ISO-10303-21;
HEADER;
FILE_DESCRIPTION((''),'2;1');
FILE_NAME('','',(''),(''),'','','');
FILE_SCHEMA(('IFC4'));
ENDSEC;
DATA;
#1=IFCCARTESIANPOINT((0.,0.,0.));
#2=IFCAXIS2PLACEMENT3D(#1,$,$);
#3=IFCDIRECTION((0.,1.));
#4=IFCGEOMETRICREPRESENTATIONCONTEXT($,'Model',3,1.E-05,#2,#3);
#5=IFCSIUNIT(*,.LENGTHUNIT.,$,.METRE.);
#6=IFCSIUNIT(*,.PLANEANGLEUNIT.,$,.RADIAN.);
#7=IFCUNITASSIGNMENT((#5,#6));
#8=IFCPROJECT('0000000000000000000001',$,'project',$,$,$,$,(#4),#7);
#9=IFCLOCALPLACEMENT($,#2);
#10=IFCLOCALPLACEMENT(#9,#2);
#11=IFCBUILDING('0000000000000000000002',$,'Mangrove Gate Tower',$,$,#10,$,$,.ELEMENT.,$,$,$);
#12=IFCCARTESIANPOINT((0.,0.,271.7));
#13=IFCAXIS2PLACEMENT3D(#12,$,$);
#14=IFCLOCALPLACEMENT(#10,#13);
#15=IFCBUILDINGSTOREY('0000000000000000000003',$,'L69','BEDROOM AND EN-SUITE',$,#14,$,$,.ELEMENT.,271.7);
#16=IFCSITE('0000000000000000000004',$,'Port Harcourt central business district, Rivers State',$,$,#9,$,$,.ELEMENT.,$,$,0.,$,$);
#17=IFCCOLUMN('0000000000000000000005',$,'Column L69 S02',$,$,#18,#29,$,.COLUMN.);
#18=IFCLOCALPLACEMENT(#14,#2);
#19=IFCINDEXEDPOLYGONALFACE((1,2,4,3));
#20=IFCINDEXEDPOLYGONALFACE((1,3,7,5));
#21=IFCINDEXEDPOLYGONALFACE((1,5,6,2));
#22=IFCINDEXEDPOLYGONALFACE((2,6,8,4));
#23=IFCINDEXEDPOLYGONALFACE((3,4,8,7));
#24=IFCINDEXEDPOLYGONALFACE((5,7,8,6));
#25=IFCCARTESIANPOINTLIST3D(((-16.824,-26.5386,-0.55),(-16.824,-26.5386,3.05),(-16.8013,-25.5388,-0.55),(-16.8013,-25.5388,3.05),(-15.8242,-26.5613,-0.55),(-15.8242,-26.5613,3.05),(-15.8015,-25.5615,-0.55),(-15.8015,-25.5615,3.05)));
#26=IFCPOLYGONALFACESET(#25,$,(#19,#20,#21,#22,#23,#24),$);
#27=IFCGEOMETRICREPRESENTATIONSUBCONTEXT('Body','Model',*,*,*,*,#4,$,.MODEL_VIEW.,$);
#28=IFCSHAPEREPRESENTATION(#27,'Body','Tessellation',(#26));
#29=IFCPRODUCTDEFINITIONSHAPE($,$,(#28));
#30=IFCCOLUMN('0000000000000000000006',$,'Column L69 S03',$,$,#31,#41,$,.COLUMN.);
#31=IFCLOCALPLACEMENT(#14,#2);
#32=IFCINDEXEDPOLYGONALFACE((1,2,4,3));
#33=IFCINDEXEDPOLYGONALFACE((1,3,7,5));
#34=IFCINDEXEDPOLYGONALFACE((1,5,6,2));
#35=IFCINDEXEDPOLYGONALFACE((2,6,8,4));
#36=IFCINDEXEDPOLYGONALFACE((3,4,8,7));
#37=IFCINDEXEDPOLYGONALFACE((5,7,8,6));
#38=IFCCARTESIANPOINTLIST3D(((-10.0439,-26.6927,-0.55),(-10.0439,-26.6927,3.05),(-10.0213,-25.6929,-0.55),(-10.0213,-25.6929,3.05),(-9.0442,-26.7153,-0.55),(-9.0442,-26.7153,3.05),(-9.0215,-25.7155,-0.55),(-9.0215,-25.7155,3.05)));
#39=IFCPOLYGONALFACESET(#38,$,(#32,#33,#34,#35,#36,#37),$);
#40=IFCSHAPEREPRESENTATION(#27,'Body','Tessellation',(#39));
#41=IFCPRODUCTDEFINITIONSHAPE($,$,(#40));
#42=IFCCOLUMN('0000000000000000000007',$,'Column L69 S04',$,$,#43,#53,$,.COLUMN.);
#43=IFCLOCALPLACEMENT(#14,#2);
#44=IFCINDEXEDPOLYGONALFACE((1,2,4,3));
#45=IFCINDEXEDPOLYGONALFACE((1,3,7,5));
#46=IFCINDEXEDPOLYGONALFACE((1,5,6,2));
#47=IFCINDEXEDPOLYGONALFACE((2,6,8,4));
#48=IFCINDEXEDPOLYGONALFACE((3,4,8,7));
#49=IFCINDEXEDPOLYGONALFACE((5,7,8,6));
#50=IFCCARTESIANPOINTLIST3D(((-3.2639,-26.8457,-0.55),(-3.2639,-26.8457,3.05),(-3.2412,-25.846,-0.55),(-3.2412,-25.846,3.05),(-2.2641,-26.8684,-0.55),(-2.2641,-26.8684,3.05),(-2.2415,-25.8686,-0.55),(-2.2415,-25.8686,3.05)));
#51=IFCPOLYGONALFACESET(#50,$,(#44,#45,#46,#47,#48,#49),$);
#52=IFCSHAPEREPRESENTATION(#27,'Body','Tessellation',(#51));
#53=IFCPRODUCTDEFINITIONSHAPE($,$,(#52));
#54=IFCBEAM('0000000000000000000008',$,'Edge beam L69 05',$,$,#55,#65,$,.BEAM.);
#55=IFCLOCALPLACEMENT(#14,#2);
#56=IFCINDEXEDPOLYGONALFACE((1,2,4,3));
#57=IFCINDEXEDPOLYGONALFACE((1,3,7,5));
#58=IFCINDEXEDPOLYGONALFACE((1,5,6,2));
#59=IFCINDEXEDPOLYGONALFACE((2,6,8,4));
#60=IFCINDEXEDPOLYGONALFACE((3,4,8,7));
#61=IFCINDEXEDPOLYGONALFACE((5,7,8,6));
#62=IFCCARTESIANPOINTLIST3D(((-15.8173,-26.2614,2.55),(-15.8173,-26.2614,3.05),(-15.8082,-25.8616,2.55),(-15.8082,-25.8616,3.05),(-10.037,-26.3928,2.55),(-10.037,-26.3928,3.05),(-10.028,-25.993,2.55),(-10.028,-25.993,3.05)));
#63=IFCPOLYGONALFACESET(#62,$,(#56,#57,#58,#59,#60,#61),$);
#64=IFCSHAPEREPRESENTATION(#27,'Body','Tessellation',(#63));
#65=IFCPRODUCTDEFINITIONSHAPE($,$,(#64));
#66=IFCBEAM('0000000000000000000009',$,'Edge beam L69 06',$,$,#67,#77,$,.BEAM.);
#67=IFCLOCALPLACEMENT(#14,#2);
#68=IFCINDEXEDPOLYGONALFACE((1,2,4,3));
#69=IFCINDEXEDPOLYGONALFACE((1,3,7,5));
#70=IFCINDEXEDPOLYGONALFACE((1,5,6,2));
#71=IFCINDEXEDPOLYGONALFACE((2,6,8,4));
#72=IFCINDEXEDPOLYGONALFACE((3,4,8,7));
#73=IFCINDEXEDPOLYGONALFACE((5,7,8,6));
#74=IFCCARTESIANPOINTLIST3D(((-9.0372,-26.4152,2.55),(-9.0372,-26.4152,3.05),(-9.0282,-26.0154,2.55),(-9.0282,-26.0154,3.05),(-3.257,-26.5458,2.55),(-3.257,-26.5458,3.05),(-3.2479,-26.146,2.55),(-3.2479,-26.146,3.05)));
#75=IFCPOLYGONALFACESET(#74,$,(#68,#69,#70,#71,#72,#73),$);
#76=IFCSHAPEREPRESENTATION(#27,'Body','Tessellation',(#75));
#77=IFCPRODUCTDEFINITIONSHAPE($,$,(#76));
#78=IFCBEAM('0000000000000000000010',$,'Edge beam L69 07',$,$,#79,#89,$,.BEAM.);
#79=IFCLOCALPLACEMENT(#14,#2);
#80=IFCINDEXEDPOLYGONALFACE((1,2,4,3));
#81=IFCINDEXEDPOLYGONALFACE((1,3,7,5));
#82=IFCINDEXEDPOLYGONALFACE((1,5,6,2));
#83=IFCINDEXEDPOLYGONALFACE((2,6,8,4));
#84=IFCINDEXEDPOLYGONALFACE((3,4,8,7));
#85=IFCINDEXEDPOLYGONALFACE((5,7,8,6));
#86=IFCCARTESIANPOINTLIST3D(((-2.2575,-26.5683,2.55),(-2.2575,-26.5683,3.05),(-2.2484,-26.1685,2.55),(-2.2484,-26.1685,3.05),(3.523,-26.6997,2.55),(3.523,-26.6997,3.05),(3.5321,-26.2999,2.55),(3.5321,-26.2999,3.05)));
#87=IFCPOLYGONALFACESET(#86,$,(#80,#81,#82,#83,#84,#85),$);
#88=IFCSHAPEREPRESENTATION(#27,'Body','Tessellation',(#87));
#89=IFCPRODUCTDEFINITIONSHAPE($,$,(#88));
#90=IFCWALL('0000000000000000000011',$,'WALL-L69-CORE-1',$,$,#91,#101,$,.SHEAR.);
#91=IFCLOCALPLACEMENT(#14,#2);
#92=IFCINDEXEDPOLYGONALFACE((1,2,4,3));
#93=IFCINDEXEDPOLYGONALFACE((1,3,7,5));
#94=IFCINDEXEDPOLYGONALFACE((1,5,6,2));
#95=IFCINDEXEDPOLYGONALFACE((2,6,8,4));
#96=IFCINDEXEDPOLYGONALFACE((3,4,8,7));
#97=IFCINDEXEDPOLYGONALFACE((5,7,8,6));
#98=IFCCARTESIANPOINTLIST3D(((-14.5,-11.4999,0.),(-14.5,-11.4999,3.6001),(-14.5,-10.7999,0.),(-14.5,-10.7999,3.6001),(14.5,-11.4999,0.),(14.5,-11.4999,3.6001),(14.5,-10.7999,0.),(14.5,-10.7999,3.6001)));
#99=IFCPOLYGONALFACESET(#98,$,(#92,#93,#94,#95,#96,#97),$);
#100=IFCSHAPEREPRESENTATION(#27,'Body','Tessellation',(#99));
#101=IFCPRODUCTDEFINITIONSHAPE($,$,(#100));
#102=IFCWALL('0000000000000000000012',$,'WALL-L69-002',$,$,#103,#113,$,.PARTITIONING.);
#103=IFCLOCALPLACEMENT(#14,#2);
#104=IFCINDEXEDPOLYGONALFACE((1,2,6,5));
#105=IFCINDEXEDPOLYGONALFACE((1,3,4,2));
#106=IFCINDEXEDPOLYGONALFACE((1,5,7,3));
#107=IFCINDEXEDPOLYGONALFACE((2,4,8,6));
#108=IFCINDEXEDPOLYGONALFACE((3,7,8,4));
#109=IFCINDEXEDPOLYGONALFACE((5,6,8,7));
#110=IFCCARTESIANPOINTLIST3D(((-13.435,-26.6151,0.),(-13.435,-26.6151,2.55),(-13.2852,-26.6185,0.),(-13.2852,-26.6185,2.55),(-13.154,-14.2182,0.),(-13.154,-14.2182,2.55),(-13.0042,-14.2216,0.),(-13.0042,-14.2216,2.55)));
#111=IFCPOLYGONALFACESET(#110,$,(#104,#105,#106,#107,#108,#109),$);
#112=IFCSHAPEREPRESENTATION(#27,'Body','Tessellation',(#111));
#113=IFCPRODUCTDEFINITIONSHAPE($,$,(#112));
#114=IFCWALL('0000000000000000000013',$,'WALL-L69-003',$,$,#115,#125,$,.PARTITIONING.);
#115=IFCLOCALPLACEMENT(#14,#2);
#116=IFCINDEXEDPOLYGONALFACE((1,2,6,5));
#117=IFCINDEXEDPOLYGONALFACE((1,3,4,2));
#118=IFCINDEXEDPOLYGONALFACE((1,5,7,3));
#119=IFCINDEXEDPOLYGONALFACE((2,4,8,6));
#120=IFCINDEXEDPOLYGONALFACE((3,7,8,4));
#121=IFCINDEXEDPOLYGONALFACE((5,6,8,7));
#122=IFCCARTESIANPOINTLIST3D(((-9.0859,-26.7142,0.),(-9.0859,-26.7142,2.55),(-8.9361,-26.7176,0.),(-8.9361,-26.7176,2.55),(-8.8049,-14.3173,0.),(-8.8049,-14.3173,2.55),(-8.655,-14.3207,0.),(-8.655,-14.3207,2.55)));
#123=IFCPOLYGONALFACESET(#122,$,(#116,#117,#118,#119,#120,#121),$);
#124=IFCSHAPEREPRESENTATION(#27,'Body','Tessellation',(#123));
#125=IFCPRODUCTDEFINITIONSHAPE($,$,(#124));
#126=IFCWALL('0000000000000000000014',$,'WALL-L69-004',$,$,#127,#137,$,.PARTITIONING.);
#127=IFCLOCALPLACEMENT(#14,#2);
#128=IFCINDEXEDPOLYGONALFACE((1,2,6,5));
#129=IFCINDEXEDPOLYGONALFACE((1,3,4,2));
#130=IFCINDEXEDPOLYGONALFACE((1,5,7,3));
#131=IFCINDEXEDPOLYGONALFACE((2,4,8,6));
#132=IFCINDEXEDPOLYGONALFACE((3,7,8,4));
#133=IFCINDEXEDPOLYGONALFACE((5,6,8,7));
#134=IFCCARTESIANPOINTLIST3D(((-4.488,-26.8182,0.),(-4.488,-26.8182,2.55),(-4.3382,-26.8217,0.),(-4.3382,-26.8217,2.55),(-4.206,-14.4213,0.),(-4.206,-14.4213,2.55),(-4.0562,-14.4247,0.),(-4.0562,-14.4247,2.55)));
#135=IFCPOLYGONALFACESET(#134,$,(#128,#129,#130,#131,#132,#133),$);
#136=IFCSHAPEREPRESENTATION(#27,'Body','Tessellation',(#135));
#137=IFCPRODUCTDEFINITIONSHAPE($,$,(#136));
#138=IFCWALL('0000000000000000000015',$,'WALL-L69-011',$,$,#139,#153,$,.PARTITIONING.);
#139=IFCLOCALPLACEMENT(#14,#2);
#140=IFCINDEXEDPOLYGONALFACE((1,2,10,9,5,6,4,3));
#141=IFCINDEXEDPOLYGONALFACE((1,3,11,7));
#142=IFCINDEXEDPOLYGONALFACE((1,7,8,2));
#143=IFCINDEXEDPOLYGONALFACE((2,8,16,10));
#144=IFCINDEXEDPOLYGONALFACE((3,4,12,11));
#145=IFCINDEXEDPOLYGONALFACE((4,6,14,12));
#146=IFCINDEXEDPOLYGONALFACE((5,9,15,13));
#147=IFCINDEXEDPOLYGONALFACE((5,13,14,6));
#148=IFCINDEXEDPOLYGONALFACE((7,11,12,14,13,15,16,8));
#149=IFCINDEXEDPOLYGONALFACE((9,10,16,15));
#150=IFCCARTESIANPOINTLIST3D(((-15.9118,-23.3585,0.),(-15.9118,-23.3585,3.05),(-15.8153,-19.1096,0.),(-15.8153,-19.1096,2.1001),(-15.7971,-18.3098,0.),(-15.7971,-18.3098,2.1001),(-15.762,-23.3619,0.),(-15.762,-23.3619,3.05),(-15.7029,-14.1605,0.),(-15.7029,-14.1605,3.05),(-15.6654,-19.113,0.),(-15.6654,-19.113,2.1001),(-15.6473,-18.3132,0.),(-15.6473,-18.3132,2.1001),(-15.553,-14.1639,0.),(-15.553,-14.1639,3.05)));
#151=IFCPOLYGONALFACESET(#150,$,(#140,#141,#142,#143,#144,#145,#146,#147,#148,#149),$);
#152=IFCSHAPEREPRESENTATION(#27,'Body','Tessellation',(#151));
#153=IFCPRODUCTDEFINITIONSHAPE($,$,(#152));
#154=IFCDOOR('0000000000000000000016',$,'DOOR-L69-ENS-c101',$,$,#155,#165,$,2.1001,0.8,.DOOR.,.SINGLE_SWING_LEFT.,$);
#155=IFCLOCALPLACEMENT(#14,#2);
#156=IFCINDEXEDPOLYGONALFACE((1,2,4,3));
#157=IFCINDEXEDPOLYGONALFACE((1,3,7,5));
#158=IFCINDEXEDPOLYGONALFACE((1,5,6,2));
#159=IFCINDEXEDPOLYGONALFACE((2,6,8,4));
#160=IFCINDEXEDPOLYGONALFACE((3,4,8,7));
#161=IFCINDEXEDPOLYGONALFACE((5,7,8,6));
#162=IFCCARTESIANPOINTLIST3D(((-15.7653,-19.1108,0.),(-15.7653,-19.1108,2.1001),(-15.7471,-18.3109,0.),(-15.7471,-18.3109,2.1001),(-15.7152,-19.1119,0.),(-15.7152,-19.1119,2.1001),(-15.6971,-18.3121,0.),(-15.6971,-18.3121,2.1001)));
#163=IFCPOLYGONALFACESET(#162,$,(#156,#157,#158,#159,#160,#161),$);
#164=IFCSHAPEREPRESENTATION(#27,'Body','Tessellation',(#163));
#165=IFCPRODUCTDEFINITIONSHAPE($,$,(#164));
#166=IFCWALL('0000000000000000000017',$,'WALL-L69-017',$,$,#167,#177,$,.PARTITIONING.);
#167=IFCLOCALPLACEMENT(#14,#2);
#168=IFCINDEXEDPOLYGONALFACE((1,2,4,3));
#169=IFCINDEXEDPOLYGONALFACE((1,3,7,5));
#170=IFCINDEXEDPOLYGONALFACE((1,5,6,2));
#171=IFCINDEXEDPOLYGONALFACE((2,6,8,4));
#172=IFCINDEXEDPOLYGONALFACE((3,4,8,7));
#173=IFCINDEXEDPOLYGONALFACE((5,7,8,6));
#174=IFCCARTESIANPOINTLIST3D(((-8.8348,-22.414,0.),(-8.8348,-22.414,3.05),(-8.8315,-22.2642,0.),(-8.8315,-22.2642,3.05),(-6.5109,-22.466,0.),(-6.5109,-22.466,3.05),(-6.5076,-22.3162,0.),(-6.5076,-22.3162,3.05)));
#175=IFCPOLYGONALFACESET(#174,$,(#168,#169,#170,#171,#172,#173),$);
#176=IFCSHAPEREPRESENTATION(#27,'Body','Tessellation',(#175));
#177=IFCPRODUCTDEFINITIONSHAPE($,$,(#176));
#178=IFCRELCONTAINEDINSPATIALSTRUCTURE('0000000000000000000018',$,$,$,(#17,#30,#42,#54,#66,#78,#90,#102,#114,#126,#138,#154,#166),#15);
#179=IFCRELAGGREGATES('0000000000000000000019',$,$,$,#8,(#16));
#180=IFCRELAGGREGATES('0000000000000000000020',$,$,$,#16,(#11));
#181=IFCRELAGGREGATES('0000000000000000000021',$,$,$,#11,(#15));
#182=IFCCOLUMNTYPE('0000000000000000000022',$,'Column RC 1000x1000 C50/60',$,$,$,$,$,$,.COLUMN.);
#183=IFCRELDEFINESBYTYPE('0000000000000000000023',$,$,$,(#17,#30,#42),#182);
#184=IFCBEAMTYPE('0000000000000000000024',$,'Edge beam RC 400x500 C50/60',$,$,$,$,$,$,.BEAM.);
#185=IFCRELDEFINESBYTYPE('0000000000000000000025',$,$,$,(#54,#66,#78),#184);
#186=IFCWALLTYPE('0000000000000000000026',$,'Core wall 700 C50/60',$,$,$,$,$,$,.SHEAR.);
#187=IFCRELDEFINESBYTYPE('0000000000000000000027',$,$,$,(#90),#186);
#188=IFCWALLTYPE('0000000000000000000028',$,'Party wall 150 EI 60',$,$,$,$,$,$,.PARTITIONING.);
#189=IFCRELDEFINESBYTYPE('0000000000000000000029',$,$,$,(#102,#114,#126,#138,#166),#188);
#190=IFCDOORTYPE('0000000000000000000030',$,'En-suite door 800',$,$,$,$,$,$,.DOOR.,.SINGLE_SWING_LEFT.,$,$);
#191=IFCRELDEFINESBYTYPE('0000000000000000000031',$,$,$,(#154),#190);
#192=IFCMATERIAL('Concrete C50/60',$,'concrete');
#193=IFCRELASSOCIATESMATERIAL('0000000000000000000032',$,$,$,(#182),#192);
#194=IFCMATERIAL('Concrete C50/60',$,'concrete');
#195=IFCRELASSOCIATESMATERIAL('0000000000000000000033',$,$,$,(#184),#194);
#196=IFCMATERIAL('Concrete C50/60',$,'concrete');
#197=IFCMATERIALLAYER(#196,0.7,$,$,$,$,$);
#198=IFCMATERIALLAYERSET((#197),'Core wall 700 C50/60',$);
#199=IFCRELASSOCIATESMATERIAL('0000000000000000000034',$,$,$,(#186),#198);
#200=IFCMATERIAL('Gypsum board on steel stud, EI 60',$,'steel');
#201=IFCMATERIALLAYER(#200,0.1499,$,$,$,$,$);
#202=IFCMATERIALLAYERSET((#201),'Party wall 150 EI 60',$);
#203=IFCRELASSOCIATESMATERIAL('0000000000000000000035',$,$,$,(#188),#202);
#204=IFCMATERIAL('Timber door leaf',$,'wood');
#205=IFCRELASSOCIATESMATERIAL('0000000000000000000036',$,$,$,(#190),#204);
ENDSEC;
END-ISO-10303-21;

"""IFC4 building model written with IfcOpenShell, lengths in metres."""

from ifc_helpers import new_model, si_unit, direction, frame, frame_2d, origin, origin_2d, place, context, subcontext, project, spatial, rectangle, extrude, material, layer, layer_set, material_profile, profile_set, type_object, element, fill, save


model = new_model("IFC4")

# Units and contexts
model_context = context("Model", 3, precision=1e-05, world=origin(), true_north=direction((0.0, 1.0)))
body_context = subcontext(model_context, "Body", "Model", "MODEL_VIEW")
ifc_project = project(units=[si_unit("LENGTHUNIT", "METRE"), si_unit("PLANEANGLEUNIT", "RADIAN")], contexts=[model_context])

# Site, building, storey
site_placement = place(None, origin())
site = spatial("IfcSite", under=ifc_project, at=site_placement, Name="Port Harcourt central business district, Rivers State", CompositionType="ELEMENT", RefElevation=0.0)
building_placement = place(site_placement, origin())
building = spatial("IfcBuilding", under=site, at=building_placement, Name="Mangrove Gate Tower", CompositionType="ELEMENT")
storey_placement = place(building_placement, frame((0.0, 0.0, 271.7)))
storey = spatial("IfcBuildingStorey", under=building, at=storey_placement, Name="L69", Description="BEDROOM AND EN-SUITE", CompositionType="ELEMENT", Elevation=271.7)

# Columns
ifc_material_1 = material(Name="Concrete C50/60", Category="concrete")
ifc_material_profile_1 = material_profile(ifc_material_1, rectangle(XDim=1.0, YDim=1.0, at=origin_2d()))
ifc_profile_set_1 = profile_set([ifc_material_profile_1], Name="Concrete C50/60")
column_type = type_object("IfcColumnType", Name="Column RC 1000x1000 C50/60", PredefinedType="COLUMN", material=ifc_profile_set_1)
for number, where, z_axis, x_axis, name in (
    (1, (-16.3127, -26.05, -0.55), (0.0, 0.0, 1.0), (0.999742, -0.022708, 0.0), "Column L69 S02"),
    (2, (-9.5327, -26.2041, -0.55), (0.0, 0.0, 1.0), (0.999744, -0.022634, 0.0), "Column L69 S03"),
    (3, (-2.7527, -26.3572, -0.55), (0.0, 0.0, 1.0), (0.999744, -0.022634, 0.0), "Column L69 S04"),
):
    element("IfcColumn", number, at=place(storey_placement, frame(where, z_axis=z_axis, x_axis=x_axis)), inside=storey, type_object=column_type, Name=name, PredefinedType="COLUMN", context=body_context, shape_type="SweptSolid", body=[
        extrude(rectangle(XDim=1.0, YDim=1.0, at=origin_2d()), origin(), (0.0, 0.0, 1.0), 3.6001),
    ])

# Beams
ifc_material_2 = material(Name="Concrete C50/60", Category="concrete")
ifc_material_profile_2 = material_profile(ifc_material_2, rectangle(XDim=0.3999, YDim=0.5, at=origin_2d()))
ifc_profile_set_2 = profile_set([ifc_material_profile_2], Name="Concrete C50/60")
beam_type = type_object("IfcBeamType", Name="Edge beam RC 400x500 C50/60", PredefinedType="BEAM", material=ifc_profile_set_2)
for number, where, z_axis, x_axis, name in (
    (4, (-15.8127, -26.0615, 2.8), (0.999742, -0.022718, 0.0), (0.022718, 0.999742, 0.0), "Edge beam L69 05"),
    (5, (-9.0327, -26.2153, 2.8), (0.999745, -0.022591, 0.0), (0.022591, 0.999745, 0.0), "Edge beam L69 06"),
):
    element("IfcBeam", number, at=place(storey_placement, frame(where, z_axis=z_axis, x_axis=x_axis)), inside=storey, type_object=beam_type, Name=name, PredefinedType="BEAM", context=body_context, shape_type="SweptSolid", body=[
        extrude(rectangle(XDim=0.3999, YDim=0.5, at=origin_2d()), origin(), (0.0, 0.0, 1.0), 5.7817),
    ])
beam_placement = place(storey_placement, frame((-2.2529, -26.3684, 2.8), z_axis=(0.999742, -0.022717, 0.0), x_axis=(0.022717, 0.999742, 0.0)))
element("IfcBeam", 6, at=beam_placement, inside=storey, type_object=beam_type, Name="Edge beam L69 07", PredefinedType="BEAM", context=body_context, shape_type="SweptSolid", body=[
    extrude(rectangle(XDim=0.3999, YDim=0.5, at=origin_2d()), origin(), (0.0, 0.0, 1.0), 5.782),
])

# Walls
ifc_material_3 = material(Name="Concrete C50/60", Category="concrete")
ifc_layer_1 = layer(ifc_material_3, 0.7)
ifc_layer_set_1 = layer_set([ifc_layer_1], Name="Core wall 700 C50/60")
wall_type_1 = type_object("IfcWallType", Name="Core wall 700 C50/60", PredefinedType="SHEAR", material=ifc_layer_set_1)
wall_1_placement = place(storey_placement, frame((-14.5, -11.1499, 0.0), z_axis=(0.0, 0.0, 1.0), x_axis=(1.0, 0.0, 0.0)))
element("IfcWall", 7, at=wall_1_placement, inside=storey, type_object=wall_type_1, Name="WALL-L69-CORE-1", PredefinedType="SHEAR", context=body_context, shape_type="SweptSolid", body=[
    extrude(rectangle(XDim=29.0, YDim=0.7, at=frame_2d((14.5, 0.0))), origin(), (0.0, 0.0, 1.0), 3.6001),
])
ifc_material_4 = material(Name="Gypsum board on steel stud, EI 60", Category="steel")
ifc_layer_2 = layer(ifc_material_4, 0.1499)
ifc_layer_set_2 = layer_set([ifc_layer_2], Name="Party wall 150 EI 60")
wall_type_2 = type_object("IfcWallType", Name="Party wall 150 EI 60", PredefinedType="PARTITIONING", material=ifc_layer_set_2)
for number, where, z_axis, x_axis, name in (
    (8, (-13.3601, -26.6169, 0.0), (0.0, 0.0, 1.0), (0.022661, 0.999743, 0.0), "WALL-L69-002"),
    (9, (-9.011, -26.7161, 0.0), (0.0, 0.0, 1.0), (0.022661, 0.999743, 0.0), "WALL-L69-003"),
    (10, (-4.4131, -26.8201, 0.0), (0.0, 0.0, 1.0), (0.02274, 0.999741, 0.0), "WALL-L69-004"),
):
    element("IfcWall", number, at=place(storey_placement, frame(where, z_axis=z_axis, x_axis=x_axis)), inside=storey, type_object=wall_type_2, Name=name, PredefinedType="PARTITIONING", context=body_context, shape_type="SweptSolid", body=[
        extrude(rectangle(XDim=12.4001, YDim=0.1499, at=frame_2d((6.2002, 0.0))), origin(), (0.0, 0.0, 1.0), 2.55),
    ])

# Wall, opening, door
wall_2_placement = place(storey_placement, frame((-15.8369, -23.3601, 0.0), z_axis=(0.0, 0.0, 1.0), x_axis=(0.022715, 0.999742, 0.0)))
wall_2 = element("IfcWall", 11, at=wall_2_placement, inside=storey, type_object=wall_type_2, Name="WALL-L69-011", PredefinedType="PARTITIONING", context=body_context, shape_type="SweptSolid", body=[
    extrude(rectangle(XDim=9.2004, YDim=0.1499, at=frame_2d((4.6001, 0.0))), origin(), (0.0, 0.0, 1.0), 3.05),
])
opening_1_placement = place(wall_2_placement, frame((4.25, 0.0, 0.0)))
opening_1 = element("IfcOpeningElement", 12, at=opening_1_placement, cuts=wall_2, PredefinedType="OPENING", context=body_context, shape_type="SweptSolid", body=[
    extrude(rectangle(XDim=0.8, YDim=2.1001, at=frame_2d((0.3999, 1.05))), frame((0.0, 0.085, 0.0), z_axis=(0.0, -1.0, 0.0), x_axis=(1.0, 0.0, 0.0)), (0.0, 0.0, 1.0), 0.1699),
])
ifc_material_5 = material(Name="Timber door leaf", Category="wood")
door_type = type_object("IfcDoorType", Name="En-suite door 800", OperationType="SINGLE_SWING_LEFT", PredefinedType="DOOR", material=ifc_material_5)
door_1_placement = place(opening_1_placement, origin())
door_1 = element("IfcDoor", 13, at=door_1_placement, inside=storey, type_object=door_type, Name="DOOR-L69-ENS-c101", OperationType="SINGLE_SWING_LEFT", OverallHeight=2.1001, OverallWidth=0.8, PredefinedType="DOOR", context=body_context, shape_type="SweptSolid", body=[
    extrude(rectangle(XDim=0.8, YDim=2.1001, at=frame_2d((0.3999, 1.05))), frame((0.0, 0.0249, 0.0), z_axis=(0.0, -1.0, 0.0), x_axis=(1.0, 0.0, 0.0)), (0.0, 0.0, 1.0), 0.05),
])
fill(opening_1, door_1)

# Wall
wall_3_placement = place(storey_placement, frame((-8.833, -22.3391, 0.0), z_axis=(0.0, 0.0, 1.0), x_axis=(0.99975, -0.022371, 0.0)))
element("IfcWall", 14, at=wall_3_placement, inside=storey, type_object=wall_type_2, Name="WALL-L69-017", PredefinedType="PARTITIONING", context=body_context, shape_type="SweptSolid", body=[
    extrude(rectangle(XDim=2.3245, YDim=0.1499, at=frame_2d((1.1621, 0.0))), origin(), (0.0, 0.0, 1.0), 3.05),
])

save(model, "model.ifc")
